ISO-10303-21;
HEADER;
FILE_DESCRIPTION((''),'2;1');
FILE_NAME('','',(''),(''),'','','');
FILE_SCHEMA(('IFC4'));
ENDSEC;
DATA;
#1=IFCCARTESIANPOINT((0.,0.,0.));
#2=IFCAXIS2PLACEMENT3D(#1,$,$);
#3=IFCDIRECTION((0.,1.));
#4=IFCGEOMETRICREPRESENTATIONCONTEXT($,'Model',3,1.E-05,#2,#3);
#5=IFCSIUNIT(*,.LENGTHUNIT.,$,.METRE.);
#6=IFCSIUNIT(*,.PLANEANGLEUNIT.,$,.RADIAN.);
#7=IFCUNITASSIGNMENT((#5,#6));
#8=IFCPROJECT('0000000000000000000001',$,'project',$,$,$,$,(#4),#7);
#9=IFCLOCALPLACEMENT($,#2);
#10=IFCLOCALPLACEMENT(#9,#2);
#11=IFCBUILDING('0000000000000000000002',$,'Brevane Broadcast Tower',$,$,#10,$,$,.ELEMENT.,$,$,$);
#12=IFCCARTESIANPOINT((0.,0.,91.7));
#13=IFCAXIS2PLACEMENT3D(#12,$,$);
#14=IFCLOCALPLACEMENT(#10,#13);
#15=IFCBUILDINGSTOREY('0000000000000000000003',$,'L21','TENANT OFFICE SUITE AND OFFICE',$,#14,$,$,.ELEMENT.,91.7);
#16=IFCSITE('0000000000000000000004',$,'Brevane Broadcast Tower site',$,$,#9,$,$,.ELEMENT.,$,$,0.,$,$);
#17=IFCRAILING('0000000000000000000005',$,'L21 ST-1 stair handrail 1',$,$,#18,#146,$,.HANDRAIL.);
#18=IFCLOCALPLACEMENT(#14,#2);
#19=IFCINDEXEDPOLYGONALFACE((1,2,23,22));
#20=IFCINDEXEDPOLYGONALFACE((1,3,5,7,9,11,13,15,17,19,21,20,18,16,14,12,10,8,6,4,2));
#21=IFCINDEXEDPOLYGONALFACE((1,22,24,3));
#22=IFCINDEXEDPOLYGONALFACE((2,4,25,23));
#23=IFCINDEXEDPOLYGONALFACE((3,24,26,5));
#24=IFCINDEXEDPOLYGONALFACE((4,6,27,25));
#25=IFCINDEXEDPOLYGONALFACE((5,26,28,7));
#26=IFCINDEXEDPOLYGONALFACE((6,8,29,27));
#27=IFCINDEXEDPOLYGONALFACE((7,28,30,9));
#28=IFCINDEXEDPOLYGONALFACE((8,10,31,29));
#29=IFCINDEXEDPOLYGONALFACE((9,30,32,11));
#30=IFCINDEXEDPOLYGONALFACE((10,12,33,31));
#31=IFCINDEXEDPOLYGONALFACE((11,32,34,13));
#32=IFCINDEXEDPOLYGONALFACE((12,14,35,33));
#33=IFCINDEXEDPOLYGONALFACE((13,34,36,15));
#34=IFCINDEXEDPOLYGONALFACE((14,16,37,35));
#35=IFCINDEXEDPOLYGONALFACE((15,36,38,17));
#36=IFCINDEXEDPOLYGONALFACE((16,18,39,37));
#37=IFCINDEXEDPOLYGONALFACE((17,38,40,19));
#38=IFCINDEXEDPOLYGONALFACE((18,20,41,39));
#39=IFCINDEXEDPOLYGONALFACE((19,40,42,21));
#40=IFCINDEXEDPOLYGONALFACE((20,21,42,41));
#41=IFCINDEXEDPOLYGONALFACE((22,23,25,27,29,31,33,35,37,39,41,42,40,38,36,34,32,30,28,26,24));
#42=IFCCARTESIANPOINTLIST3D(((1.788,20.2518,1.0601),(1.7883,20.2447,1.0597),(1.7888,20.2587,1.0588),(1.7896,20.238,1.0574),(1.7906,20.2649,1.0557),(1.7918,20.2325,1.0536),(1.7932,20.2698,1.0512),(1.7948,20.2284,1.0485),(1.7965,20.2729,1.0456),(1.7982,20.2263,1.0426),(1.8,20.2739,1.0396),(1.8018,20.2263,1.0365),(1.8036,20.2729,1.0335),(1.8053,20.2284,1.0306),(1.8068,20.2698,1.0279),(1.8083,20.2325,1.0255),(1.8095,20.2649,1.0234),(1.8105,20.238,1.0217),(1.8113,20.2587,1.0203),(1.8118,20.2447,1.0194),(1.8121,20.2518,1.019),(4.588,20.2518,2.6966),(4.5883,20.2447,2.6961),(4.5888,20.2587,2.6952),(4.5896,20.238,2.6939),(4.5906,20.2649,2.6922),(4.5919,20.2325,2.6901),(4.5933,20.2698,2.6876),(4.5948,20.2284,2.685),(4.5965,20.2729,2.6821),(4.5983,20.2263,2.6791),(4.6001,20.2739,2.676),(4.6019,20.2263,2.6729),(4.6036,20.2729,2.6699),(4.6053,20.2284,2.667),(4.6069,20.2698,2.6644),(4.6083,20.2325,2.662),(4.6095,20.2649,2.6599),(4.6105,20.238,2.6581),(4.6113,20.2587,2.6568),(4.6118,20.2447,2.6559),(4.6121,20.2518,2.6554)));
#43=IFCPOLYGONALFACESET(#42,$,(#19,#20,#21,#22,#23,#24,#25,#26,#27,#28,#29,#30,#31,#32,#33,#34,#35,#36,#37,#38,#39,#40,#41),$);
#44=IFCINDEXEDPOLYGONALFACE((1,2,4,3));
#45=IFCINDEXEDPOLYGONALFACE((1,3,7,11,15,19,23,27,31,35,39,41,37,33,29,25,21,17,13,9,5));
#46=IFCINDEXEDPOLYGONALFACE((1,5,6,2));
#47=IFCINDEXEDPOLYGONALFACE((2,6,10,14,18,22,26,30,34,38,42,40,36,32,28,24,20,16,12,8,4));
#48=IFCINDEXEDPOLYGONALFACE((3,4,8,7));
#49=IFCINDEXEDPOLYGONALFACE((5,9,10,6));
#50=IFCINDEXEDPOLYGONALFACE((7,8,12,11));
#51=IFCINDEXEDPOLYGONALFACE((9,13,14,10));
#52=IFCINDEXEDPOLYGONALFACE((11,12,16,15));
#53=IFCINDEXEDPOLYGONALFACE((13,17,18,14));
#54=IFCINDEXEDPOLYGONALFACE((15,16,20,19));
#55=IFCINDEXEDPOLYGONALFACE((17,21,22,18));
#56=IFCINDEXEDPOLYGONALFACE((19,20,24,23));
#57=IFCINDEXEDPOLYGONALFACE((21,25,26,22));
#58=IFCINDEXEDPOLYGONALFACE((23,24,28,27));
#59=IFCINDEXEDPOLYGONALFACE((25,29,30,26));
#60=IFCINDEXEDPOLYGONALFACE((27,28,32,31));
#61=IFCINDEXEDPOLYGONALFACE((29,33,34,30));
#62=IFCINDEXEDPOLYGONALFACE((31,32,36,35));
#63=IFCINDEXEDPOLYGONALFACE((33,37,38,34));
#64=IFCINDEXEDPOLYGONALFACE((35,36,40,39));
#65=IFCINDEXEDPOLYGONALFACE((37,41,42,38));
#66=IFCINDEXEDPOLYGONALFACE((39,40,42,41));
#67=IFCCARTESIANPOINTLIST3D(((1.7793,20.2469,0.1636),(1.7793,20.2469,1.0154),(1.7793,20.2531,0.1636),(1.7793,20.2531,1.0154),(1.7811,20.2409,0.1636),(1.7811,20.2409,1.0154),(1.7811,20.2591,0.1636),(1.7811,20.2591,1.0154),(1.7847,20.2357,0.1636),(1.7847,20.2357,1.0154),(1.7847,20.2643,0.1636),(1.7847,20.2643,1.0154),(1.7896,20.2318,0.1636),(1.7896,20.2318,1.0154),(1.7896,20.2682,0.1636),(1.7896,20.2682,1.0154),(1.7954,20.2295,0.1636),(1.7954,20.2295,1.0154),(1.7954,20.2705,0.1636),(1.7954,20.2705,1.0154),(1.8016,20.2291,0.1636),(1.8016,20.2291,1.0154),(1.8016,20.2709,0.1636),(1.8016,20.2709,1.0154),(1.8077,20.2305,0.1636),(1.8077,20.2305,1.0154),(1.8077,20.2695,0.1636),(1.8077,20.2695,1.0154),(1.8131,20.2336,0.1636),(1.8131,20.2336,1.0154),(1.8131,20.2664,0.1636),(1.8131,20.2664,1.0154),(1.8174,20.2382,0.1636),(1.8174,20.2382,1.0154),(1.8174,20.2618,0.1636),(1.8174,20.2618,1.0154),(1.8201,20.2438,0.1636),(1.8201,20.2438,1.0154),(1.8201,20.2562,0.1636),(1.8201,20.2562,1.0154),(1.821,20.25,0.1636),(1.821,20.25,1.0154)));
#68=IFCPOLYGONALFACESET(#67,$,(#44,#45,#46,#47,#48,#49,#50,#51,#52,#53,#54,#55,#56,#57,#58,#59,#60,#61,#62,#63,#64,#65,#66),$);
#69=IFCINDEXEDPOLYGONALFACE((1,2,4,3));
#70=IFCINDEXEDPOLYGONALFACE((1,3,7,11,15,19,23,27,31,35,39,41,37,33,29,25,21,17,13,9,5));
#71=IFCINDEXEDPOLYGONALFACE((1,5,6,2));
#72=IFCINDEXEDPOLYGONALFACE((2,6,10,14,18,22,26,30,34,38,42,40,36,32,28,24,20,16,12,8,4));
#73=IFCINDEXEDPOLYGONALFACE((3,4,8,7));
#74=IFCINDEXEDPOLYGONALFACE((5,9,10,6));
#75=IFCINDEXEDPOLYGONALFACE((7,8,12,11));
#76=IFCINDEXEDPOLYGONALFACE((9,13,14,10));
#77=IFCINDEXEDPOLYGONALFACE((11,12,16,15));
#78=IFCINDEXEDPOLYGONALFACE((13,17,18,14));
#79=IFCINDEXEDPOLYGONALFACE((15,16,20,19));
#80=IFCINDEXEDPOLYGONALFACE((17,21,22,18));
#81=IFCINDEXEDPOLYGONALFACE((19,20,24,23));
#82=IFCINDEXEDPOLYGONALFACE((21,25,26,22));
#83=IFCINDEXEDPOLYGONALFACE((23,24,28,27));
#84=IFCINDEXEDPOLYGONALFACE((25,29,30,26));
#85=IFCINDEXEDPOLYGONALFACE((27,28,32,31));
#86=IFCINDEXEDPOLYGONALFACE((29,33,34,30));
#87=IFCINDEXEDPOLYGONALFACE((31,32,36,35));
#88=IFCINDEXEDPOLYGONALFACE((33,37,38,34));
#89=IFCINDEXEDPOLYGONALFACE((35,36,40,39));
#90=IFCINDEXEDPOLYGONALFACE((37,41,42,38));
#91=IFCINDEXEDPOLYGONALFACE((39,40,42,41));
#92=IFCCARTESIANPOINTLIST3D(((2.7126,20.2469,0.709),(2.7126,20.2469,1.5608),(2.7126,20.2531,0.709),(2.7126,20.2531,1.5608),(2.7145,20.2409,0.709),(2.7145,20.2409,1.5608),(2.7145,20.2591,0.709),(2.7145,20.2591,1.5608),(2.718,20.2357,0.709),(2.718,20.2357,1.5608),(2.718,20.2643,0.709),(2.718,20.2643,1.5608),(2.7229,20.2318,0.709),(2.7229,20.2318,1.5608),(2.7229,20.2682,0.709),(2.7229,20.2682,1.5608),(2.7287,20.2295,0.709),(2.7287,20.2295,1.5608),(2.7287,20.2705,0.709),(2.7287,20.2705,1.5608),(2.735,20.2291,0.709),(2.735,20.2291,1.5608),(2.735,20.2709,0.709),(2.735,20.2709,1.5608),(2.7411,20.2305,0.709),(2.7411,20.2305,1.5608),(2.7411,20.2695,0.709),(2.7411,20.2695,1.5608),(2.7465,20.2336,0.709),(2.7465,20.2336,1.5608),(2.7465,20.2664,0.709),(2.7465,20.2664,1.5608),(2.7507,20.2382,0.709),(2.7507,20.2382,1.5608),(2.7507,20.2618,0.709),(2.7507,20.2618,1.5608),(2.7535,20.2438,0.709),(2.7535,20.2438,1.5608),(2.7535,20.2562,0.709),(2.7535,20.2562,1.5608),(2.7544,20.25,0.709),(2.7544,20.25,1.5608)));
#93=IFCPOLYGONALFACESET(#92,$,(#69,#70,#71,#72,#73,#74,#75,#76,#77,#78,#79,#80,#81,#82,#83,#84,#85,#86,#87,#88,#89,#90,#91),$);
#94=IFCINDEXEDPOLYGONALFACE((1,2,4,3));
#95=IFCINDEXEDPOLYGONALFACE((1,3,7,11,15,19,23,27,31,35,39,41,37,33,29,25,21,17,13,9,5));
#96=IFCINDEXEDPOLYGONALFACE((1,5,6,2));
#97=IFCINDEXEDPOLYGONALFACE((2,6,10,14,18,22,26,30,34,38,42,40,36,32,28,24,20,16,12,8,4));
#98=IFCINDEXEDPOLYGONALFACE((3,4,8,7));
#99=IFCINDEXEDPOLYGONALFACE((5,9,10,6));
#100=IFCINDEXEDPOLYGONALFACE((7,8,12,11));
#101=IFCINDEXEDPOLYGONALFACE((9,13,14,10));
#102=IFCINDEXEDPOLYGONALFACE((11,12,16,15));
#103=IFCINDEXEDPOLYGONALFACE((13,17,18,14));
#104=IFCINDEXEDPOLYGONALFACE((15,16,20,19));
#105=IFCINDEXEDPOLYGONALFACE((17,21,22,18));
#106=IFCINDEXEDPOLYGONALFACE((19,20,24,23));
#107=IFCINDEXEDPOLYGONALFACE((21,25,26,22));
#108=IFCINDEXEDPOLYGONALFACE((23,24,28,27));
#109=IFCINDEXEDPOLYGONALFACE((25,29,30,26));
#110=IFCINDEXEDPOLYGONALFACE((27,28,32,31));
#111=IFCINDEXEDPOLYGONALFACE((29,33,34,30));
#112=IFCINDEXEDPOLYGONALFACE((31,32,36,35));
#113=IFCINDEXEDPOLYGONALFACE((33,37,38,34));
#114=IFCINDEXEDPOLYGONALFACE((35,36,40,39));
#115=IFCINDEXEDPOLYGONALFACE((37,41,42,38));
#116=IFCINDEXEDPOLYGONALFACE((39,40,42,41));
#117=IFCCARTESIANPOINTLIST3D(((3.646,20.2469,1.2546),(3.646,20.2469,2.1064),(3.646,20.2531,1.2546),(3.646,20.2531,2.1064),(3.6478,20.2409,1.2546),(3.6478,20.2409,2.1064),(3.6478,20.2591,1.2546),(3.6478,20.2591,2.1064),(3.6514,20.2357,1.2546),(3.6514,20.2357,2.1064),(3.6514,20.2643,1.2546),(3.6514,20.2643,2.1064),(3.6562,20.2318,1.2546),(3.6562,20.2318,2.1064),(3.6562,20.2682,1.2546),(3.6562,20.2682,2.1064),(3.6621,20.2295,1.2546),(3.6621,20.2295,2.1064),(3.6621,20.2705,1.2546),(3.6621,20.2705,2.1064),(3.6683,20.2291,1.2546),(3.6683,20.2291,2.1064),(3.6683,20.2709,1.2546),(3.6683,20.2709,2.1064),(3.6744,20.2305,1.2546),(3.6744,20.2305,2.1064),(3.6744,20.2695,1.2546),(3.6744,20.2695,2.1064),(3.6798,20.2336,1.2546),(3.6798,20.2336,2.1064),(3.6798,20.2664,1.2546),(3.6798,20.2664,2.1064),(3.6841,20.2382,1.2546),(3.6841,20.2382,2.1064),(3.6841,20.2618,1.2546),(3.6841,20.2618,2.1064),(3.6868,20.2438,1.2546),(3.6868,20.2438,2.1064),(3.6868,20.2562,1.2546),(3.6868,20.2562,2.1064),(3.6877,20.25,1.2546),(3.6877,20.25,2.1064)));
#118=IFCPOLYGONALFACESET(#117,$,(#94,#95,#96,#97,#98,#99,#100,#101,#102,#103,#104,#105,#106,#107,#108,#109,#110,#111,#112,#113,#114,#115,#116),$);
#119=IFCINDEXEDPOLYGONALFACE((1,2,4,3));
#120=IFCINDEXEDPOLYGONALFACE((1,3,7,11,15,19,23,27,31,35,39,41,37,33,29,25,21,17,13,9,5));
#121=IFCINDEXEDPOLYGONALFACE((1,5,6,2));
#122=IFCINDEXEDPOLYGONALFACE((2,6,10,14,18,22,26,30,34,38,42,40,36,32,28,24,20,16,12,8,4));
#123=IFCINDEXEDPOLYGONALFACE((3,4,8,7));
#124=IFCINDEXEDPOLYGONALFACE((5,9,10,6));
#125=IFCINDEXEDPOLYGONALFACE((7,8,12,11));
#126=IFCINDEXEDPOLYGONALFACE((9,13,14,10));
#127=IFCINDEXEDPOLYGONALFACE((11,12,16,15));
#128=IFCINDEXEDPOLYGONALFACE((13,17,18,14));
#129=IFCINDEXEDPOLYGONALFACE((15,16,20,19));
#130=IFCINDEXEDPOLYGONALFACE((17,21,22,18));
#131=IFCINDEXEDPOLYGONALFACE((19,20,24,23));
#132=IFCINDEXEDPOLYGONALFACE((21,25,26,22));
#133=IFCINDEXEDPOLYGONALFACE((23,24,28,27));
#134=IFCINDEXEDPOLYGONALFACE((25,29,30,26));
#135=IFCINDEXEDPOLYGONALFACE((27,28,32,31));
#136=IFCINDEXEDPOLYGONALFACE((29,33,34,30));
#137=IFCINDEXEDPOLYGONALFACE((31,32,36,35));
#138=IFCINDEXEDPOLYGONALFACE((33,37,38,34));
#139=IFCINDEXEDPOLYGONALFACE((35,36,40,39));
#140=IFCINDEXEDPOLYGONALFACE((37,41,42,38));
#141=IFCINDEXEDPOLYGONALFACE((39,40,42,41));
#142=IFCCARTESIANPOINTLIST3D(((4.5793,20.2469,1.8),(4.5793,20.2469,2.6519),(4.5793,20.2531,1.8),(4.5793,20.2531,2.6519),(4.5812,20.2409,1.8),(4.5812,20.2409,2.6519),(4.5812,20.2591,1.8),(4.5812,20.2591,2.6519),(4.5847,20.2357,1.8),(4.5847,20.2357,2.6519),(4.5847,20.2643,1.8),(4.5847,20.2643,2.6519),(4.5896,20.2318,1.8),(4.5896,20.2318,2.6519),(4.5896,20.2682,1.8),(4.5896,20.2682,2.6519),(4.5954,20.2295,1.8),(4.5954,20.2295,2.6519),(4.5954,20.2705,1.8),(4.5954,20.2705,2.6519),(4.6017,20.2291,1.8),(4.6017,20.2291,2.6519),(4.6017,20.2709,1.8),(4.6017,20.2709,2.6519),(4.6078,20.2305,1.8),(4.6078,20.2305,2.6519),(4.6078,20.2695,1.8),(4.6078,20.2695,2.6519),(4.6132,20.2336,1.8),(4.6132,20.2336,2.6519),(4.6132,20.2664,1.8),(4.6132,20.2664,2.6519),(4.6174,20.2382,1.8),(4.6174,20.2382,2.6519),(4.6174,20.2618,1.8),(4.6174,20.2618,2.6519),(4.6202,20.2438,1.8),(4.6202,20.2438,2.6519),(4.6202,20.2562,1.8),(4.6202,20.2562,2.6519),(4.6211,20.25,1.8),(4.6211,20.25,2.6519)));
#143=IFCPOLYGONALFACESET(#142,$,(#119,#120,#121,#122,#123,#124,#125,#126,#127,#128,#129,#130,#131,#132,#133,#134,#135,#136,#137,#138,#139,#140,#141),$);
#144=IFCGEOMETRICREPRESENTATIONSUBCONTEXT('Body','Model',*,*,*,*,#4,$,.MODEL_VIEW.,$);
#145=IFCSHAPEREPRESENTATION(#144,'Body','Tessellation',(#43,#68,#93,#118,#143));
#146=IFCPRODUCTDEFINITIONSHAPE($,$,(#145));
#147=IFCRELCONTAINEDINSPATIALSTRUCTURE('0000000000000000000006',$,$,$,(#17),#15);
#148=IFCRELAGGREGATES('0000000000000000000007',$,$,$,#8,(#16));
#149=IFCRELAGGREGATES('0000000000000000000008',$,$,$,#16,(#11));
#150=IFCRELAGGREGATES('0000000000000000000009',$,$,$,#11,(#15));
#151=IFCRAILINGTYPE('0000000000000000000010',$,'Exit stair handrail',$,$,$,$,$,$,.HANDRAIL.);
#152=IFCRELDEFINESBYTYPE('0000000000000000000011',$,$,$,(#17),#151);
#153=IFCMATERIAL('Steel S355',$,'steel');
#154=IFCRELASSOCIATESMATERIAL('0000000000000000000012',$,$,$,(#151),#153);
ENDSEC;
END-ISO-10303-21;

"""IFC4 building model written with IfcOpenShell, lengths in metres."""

from ifc_helpers import new_model, si_unit, direction, frame, origin, origin_2d, place, context, subcontext, project, spatial, circle, extrude, material, type_object, element, save


model = new_model("IFC4")

# Units and contexts
model_context = context("Model", 3, precision=1e-05, world=origin(), true_north=direction((0.0, 1.0)))
body_context = subcontext(model_context, "Body", "Model", "MODEL_VIEW")
ifc_project = project(units=[si_unit("LENGTHUNIT", "METRE"), si_unit("PLANEANGLEUNIT", "RADIAN")], contexts=[model_context])

# Site, building, storey
site_placement = place(None, origin())
site = spatial("IfcSite", under=ifc_project, at=site_placement, Name="Brevane Broadcast Tower site", CompositionType="ELEMENT", RefElevation=0.0)
building_placement = place(site_placement, origin())
building = spatial("IfcBuilding", under=site, at=building_placement, Name="Brevane Broadcast Tower", CompositionType="ELEMENT")
storey_placement = place(building_placement, frame((0.0, 0.0, 91.7)))
storey = spatial("IfcBuildingStorey", under=building, at=storey_placement, Name="L21", Description="TENANT OFFICE SUITE AND OFFICE", CompositionType="ELEMENT", Elevation=91.7)

# Railing
ifc_material_1 = material(Name="Steel S355", Category="steel")
railing_type_1 = type_object("IfcRailingType", Name="Exit stair handrail", PredefinedType="HANDRAIL", material=ifc_material_1)
railing_1_placement = place(storey_placement, frame((1.8, 20.25, 0.1636)))
element("IfcRailing", 1, at=railing_1_placement, inside=storey, type_object=railing_type_1, Name="L21 ST-1 stair handrail 1", PredefinedType="HANDRAIL", context=body_context, shape_type="SweptSolid", body=[
    extrude(circle(Radius=0.0239, at=origin_2d()), frame((0.0, 0.0, 0.876), z_axis=(0.863361, 0.0, 0.504587), x_axis=(0.0, 1.0, 0.0)), (0.0, 0.0, 1.0), 3.2432),
    extrude(circle(Radius=0.021, at=origin_2d()), origin(), (0.0, 0.0, 1.0), 0.8518),
    extrude(circle(Radius=0.021, at=origin_2d()), frame((0.9333, 0.0, 0.5454)), (0.0, 0.0, 1.0), 0.8518),
    extrude(circle(Radius=0.021, at=origin_2d()), frame((1.8667, 0.0, 1.0911)), (0.0, 0.0, 1.0), 0.8518),
    extrude(circle(Radius=0.021, at=origin_2d()), frame((2.8, 0.0, 1.6365)), (0.0, 0.0, 1.0), 0.8518),
])

save(model, "model.ifc")
